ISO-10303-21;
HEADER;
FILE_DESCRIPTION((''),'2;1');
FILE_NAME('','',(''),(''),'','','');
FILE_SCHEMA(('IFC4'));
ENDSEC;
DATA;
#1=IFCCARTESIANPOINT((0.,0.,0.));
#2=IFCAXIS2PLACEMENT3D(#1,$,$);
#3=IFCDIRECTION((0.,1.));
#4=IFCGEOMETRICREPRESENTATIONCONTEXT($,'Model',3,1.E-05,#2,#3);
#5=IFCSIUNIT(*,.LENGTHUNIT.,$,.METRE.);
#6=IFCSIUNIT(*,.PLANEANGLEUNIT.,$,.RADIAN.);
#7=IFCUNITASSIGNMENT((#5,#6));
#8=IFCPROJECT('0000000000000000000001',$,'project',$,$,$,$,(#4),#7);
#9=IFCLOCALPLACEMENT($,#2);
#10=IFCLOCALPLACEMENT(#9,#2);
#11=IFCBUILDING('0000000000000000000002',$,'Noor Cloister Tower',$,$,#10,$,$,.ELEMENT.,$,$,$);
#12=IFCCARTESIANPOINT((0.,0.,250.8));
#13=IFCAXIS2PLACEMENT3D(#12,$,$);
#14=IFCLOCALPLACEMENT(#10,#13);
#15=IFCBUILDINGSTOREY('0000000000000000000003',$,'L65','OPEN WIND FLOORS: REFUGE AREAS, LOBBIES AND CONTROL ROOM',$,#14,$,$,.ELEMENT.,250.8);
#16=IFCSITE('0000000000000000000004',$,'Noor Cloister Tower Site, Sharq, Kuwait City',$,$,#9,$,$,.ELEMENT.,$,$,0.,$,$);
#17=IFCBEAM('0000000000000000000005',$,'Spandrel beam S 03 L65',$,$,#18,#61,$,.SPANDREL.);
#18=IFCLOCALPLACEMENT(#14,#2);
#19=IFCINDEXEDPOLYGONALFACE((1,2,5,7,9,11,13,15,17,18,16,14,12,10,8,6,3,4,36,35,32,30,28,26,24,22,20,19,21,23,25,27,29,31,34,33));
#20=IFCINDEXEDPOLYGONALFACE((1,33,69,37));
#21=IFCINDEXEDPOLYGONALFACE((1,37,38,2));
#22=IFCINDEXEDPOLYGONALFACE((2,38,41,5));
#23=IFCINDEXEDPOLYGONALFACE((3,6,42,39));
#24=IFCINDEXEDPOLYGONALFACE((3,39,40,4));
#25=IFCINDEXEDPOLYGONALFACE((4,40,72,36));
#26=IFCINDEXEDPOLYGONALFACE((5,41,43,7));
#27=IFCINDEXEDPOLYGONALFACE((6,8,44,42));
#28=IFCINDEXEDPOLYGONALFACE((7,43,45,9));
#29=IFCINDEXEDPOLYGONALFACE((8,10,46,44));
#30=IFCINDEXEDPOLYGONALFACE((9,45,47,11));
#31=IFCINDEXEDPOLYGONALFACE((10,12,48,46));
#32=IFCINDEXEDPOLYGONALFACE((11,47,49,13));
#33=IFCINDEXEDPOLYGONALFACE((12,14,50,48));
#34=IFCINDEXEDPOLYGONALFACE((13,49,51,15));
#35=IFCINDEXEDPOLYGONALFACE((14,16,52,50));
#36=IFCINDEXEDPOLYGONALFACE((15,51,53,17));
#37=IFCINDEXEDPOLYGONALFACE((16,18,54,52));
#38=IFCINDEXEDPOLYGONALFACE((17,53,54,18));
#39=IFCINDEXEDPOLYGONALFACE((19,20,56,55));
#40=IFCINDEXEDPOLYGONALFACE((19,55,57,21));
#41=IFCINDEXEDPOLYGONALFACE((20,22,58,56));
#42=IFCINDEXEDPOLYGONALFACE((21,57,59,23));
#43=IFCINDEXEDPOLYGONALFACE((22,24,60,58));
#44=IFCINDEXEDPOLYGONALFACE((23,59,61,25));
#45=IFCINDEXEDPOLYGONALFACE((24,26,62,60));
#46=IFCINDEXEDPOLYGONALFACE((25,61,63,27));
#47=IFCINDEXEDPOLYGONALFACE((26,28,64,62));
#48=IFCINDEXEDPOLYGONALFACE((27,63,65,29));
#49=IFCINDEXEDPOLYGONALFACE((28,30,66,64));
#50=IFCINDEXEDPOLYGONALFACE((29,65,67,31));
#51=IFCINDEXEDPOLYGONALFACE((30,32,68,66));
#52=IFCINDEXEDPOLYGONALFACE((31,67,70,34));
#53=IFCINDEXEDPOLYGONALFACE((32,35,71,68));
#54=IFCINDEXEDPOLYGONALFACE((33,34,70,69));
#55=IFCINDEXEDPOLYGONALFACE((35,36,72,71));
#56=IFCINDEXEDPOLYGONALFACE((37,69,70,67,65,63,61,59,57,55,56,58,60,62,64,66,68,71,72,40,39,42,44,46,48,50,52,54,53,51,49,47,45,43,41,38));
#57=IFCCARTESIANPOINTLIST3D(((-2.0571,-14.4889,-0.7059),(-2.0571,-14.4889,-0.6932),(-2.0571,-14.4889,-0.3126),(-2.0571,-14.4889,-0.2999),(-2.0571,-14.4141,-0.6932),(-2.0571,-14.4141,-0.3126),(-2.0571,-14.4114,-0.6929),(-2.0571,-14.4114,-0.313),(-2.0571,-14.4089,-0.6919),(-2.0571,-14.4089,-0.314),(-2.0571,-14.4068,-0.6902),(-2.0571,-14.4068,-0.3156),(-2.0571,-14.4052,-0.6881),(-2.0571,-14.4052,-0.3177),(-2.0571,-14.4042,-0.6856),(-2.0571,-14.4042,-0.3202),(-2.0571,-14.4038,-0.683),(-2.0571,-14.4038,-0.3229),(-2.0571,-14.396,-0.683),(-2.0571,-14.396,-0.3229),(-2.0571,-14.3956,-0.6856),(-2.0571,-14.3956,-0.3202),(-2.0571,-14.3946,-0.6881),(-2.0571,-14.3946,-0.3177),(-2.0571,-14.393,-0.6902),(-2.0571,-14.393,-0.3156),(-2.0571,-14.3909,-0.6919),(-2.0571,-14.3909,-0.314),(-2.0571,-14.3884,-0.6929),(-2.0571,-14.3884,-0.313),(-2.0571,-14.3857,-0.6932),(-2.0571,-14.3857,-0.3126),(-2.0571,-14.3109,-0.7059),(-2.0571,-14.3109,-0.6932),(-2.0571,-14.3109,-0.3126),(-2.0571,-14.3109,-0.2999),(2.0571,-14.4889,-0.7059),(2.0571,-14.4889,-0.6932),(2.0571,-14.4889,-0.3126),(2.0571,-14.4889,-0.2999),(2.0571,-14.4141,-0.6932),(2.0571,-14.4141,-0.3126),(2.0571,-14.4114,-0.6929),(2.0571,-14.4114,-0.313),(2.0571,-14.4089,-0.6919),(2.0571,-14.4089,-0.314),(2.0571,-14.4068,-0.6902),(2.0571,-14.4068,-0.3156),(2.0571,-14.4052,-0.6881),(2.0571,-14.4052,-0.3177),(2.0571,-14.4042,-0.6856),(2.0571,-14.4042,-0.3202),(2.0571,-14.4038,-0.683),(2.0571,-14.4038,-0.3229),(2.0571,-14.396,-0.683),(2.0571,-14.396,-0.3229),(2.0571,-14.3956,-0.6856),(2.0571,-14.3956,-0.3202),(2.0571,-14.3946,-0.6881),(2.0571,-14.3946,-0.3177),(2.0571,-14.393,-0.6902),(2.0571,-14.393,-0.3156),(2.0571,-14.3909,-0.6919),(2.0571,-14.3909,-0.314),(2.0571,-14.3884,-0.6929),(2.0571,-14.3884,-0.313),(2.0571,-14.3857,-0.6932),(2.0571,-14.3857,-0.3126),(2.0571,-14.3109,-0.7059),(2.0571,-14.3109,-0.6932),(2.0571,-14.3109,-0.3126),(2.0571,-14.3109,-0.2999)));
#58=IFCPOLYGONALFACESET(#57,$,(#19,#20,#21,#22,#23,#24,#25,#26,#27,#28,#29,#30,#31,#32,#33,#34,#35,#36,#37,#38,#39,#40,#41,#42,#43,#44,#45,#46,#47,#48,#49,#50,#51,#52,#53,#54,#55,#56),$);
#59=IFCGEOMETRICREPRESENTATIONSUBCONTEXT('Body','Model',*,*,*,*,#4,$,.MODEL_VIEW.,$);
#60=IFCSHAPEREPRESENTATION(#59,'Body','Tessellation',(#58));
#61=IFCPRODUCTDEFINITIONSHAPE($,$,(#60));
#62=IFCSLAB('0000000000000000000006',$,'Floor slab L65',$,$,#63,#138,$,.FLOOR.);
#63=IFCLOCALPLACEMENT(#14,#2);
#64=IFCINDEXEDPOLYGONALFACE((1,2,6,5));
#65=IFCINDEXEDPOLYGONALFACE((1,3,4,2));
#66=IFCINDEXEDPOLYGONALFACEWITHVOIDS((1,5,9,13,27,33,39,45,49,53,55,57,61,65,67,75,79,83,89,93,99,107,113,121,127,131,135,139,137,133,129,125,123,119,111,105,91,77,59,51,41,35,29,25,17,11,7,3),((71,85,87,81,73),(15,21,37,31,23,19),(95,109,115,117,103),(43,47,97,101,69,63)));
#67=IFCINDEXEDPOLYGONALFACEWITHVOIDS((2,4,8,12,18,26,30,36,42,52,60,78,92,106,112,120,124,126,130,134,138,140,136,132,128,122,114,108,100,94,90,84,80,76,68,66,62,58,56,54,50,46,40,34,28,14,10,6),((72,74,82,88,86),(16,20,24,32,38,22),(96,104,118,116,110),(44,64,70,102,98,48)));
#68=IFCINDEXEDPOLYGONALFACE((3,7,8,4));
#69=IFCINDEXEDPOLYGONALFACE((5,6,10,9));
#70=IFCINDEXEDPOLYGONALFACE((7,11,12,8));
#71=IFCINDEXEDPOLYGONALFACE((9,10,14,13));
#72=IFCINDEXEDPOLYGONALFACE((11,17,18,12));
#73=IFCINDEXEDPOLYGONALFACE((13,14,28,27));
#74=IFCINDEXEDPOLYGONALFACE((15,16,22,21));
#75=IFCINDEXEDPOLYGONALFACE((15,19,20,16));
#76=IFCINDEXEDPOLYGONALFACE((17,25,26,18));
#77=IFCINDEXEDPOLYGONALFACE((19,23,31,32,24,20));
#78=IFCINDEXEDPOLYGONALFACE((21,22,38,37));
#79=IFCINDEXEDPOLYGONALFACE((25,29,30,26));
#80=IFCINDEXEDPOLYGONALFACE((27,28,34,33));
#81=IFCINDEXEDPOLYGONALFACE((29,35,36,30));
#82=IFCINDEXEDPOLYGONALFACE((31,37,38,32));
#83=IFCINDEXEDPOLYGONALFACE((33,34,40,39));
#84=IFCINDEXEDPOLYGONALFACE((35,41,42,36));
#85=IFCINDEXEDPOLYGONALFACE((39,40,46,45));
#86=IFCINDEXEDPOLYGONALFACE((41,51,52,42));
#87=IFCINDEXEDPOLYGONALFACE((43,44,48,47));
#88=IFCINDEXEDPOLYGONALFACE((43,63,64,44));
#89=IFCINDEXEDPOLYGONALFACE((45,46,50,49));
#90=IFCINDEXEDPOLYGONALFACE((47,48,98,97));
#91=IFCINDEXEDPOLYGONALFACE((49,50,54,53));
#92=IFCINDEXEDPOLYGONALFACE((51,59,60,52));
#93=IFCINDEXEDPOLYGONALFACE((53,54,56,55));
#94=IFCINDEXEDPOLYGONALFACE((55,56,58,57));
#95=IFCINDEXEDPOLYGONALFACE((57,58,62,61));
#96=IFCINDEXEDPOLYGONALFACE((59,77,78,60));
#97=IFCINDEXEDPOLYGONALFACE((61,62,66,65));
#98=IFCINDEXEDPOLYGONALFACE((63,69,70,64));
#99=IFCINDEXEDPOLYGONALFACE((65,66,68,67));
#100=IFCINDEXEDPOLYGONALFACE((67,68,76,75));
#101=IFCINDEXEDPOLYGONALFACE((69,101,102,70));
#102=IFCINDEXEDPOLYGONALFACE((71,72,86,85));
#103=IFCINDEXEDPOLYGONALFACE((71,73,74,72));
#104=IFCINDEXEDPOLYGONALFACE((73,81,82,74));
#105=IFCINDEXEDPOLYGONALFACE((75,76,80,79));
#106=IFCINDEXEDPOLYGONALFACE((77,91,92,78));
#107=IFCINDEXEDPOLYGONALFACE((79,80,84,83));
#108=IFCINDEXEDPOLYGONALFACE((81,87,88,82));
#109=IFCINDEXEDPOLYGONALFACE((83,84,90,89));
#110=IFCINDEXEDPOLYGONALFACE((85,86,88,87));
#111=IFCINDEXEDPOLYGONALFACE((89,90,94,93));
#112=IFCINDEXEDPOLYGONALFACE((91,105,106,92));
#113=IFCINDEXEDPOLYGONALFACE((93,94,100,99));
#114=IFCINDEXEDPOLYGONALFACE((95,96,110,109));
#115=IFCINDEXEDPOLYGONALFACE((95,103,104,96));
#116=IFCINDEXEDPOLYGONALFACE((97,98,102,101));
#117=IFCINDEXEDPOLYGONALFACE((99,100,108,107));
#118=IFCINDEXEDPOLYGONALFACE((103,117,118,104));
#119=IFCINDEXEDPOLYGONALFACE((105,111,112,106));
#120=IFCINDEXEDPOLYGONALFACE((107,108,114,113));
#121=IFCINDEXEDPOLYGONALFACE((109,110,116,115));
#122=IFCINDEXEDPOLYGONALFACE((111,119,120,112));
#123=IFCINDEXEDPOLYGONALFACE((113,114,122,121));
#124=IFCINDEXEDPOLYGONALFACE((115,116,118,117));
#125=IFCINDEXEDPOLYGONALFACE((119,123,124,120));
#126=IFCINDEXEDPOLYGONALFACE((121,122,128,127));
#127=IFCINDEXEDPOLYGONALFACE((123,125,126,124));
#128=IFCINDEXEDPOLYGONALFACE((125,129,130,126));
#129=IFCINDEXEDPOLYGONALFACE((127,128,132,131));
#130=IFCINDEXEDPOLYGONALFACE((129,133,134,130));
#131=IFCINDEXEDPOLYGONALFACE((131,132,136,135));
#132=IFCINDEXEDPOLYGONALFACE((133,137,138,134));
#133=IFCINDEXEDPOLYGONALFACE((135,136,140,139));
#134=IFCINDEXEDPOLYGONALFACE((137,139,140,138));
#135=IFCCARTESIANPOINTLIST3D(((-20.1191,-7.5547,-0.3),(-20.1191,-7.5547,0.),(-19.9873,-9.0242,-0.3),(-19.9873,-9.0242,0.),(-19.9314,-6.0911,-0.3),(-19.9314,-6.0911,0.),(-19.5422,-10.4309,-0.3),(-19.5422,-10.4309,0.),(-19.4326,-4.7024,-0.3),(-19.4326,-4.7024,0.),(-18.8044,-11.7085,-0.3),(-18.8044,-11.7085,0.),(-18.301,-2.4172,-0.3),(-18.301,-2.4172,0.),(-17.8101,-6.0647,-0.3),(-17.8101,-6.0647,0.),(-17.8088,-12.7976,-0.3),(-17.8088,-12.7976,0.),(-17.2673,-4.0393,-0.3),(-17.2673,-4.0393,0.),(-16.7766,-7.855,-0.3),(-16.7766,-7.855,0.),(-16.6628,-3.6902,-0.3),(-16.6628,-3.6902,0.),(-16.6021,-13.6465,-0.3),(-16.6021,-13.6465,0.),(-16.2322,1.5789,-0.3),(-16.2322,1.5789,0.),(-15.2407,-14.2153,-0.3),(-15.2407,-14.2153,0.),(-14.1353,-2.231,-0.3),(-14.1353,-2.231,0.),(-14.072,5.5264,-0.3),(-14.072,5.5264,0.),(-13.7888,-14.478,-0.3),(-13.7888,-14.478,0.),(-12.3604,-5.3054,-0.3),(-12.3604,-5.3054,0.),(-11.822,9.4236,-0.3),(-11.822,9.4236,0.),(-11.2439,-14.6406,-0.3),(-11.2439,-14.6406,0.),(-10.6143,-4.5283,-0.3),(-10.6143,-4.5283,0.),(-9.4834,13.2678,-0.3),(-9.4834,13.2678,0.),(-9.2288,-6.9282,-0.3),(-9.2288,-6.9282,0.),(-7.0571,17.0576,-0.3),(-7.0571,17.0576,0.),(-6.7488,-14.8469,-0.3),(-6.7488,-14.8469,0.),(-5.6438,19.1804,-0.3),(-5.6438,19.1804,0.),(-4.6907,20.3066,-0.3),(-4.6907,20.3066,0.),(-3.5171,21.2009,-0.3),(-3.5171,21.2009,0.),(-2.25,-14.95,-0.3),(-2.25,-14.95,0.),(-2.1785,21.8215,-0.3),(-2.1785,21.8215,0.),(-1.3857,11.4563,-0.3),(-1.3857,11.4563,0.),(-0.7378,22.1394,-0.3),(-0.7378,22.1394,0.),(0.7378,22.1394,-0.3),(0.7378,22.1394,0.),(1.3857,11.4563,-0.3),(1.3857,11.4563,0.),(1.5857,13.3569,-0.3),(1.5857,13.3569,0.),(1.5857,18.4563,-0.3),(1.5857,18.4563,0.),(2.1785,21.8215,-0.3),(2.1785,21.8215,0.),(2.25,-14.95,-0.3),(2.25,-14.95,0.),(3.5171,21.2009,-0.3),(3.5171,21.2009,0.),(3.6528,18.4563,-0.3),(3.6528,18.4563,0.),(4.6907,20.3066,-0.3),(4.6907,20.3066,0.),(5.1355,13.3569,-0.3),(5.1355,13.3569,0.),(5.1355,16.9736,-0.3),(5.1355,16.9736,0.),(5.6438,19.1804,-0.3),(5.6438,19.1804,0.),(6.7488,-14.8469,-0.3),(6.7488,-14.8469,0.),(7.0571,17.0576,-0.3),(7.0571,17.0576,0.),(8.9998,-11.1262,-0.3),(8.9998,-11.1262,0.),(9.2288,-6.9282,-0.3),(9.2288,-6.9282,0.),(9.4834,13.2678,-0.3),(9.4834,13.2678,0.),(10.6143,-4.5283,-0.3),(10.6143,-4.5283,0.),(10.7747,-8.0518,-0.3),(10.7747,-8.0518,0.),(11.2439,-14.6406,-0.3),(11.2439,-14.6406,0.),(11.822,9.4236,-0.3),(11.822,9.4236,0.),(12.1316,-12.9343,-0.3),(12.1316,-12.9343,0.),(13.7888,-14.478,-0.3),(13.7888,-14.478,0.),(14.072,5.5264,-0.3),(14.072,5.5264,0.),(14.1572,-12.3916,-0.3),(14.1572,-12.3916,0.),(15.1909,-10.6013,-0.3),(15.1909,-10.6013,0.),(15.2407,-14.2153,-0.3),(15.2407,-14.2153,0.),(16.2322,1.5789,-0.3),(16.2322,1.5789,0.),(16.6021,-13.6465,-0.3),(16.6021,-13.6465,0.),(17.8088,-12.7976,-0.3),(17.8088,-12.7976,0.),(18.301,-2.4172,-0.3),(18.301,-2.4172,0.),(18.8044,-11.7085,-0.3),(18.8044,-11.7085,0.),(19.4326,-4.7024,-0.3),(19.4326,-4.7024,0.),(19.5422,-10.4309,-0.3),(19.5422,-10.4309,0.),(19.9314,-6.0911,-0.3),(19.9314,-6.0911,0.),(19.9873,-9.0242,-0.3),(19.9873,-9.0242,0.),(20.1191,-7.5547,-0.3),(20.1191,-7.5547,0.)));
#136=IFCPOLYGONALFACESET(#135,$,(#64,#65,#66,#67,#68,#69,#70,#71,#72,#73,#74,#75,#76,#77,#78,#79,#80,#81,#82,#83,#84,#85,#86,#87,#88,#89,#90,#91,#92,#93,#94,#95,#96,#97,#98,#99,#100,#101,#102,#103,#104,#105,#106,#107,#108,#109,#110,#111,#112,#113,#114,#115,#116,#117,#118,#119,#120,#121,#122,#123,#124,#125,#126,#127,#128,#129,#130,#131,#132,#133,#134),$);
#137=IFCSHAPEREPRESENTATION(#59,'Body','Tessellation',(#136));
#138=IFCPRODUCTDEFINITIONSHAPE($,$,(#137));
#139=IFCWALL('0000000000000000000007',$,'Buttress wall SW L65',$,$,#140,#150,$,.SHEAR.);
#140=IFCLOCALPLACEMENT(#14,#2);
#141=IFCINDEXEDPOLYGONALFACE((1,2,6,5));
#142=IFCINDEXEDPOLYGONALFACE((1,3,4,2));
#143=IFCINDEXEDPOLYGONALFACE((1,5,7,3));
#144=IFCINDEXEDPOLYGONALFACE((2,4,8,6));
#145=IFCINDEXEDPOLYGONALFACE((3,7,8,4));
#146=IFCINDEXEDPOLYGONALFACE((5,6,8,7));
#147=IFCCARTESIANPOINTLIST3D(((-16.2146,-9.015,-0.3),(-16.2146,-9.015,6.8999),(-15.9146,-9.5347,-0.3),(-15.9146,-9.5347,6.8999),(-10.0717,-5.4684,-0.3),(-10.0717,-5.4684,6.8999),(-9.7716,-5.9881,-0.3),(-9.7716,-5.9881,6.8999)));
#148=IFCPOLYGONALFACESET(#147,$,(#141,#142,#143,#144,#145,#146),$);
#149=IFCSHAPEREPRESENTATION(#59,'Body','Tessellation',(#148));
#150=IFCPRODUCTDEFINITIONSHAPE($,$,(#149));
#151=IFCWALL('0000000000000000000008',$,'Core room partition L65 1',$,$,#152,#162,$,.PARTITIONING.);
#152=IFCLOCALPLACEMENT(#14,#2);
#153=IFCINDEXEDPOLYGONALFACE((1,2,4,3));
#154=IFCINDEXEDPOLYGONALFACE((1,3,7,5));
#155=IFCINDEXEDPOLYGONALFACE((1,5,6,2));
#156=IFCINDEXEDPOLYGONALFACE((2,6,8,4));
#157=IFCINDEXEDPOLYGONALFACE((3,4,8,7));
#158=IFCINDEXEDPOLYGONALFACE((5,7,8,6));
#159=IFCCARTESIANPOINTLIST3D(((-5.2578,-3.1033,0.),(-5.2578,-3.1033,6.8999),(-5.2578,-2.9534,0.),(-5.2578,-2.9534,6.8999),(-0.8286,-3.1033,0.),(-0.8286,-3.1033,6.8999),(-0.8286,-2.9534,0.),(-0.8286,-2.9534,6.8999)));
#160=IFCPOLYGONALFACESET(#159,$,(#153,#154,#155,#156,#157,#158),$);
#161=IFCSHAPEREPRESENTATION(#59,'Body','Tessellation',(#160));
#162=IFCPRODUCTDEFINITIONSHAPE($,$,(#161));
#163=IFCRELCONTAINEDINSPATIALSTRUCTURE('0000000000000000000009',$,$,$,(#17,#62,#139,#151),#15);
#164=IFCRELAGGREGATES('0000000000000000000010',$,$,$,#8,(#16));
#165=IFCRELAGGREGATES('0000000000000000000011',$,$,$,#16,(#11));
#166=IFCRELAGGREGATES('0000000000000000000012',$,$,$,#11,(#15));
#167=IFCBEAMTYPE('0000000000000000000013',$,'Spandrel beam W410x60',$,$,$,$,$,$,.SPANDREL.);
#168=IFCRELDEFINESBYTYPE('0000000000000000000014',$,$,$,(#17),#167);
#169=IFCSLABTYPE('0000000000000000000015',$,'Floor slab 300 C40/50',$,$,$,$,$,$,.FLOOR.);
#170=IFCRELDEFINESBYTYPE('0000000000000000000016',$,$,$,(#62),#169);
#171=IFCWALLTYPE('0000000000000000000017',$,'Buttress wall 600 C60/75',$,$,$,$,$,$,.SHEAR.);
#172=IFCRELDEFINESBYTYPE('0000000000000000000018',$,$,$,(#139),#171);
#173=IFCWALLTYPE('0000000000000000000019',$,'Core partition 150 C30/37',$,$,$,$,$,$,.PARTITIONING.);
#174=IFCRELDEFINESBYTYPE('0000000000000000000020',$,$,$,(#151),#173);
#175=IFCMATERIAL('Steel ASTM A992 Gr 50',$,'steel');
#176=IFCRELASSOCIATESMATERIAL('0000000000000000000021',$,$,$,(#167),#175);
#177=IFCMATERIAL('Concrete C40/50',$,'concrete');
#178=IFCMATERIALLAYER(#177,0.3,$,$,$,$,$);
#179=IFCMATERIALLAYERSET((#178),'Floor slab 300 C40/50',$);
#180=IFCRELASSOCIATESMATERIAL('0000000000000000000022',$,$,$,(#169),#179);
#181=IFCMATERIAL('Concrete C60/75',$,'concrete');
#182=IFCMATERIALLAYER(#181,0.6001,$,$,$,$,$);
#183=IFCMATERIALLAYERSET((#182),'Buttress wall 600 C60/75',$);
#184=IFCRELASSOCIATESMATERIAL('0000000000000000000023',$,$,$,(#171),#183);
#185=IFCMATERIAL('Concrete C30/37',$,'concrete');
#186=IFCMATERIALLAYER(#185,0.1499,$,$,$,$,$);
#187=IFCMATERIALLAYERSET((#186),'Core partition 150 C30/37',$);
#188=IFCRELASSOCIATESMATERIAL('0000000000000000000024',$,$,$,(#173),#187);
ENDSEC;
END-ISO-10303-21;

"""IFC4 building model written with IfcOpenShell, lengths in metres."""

from ifc_helpers import new_model, si_unit, direction, frame, frame_2d, origin, origin_2d, place, context, subcontext, project, spatial, polyline, rectangle, i_section, outline, extrude, material, layer, layer_set, material_profile, profile_set, type_object, element, save


model = new_model("IFC4")

# Units and contexts
model_context = context("Model", 3, precision=1e-05, world=origin(), true_north=direction((0.0, 1.0)))
body_context = subcontext(model_context, "Body", "Model", "MODEL_VIEW")
ifc_project = project(units=[si_unit("LENGTHUNIT", "METRE"), si_unit("PLANEANGLEUNIT", "RADIAN")], contexts=[model_context])

# Site, building, storey
site_placement = place(None, origin())
site = spatial("IfcSite", under=ifc_project, at=site_placement, Name="Noor Cloister Tower Site, Sharq, Kuwait City", CompositionType="ELEMENT", RefElevation=0.0)
building_placement = place(site_placement, origin())
building = spatial("IfcBuilding", under=site, at=building_placement, Name="Noor Cloister Tower", CompositionType="ELEMENT")
storey_placement = place(building_placement, frame((0.0, 0.0, 250.8)))
storey = spatial("IfcBuildingStorey", under=building, at=storey_placement, Name="L65", Description="OPEN WIND FLOORS: REFUGE AREAS, LOBBIES AND CONTROL ROOM", CompositionType="ELEMENT", Elevation=250.8)

# Beam
ifc_material_1 = material(Name="Steel ASTM A992 Gr 50", Category="steel")
ifc_material_profile_1 = material_profile(ifc_material_1, i_section(OverallWidth=0.178, OverallDepth=0.406, WebThickness=0.0078, FlangeThickness=0.0127, FilletRadius=0.0103, at=origin_2d()), Name="W410x60")
ifc_profile_set_1 = profile_set([ifc_material_profile_1], Name="Steel ASTM A992 Gr 50")
beam_type_1 = type_object("IfcBeamType", Name="Spandrel beam W410x60", PredefinedType="SPANDREL", material=ifc_profile_set_1)
beam_1_placement = place(storey_placement, frame((-2.0571, -14.3999, -0.5029), z_axis=(1.0, 0.0, 0.0), x_axis=(0.0, 1.0, 0.0)))
element("IfcBeam", 1, at=beam_1_placement, inside=storey, type_object=beam_type_1, Name="Spandrel beam S 03 L65", PredefinedType="SPANDREL", context=body_context, shape_type="SweptSolid", body=[
    extrude(i_section(OverallWidth=0.178, OverallDepth=0.406, WebThickness=0.0078, FlangeThickness=0.0127, FilletRadius=0.0103, at=origin_2d()), origin(), (0.0, 0.0, 1.0), 4.1143),
])

# Slab
ifc_material_2 = material(Name="Concrete C40/50", Category="concrete")
ifc_layer_1 = layer(ifc_material_2, 0.3)
ifc_layer_set_1 = layer_set([ifc_layer_1], Name="Floor slab 300 C40/50")
slab_type = type_object("IfcSlabType", Name="Floor slab 300 C40/50", PredefinedType="FLOOR", material=ifc_layer_set_1)
slab_placement = place(storey_placement, frame((0.0, 0.0, -0.3)))
element("IfcSlab", 2, at=slab_placement, inside=storey, type_object=slab_type, Name="Floor slab L65", PredefinedType="FLOOR", context=body_context, shape_type="SweptSolid", body=[
    extrude(outline(polyline([(5.6438, 19.1804), (4.6907, 20.3066), (3.5171, 21.2009), (2.1785, 21.8215), (0.7378, 22.1394), (-0.7378, 22.1394), (-2.1785, 21.8215), (-3.5171, 21.2009), (-4.6907, 20.3066), (-5.6438, 19.1804), (-7.0571, 17.0576), (-9.4834, 13.2678), (-11.822, 9.4236), (-14.072, 5.5264), (-16.2322, 1.5789), (-18.301, -2.4172), (-19.4326, -4.7024), (-19.9314, -6.0911), (-20.1191, -7.5547), (-19.9873, -9.0242), (-19.5422, -10.4309), (-18.8044, -11.7085), (-17.8088, -12.7976), (-16.6021, -13.6465), (-15.2407, -14.2153), (-13.7888, -14.478), (-11.2439, -14.6406), (-6.7488, -14.8469), (-2.25, -14.95), (2.25, -14.95), (6.7488, -14.8469), (11.2439, -14.6406), (13.7888, -14.478), (15.2407, -14.2153), (16.6021, -13.6465), (17.8088, -12.7976), (18.8044, -11.7085), (19.5422, -10.4309), (19.9873, -9.0242), (20.1191, -7.5547), (19.9314, -6.0911), (19.4326, -4.7024), (18.301, -2.4172), (16.2322, 1.5789), (14.072, 5.5264), (11.822, 9.4236), (9.4834, 13.2678), (7.0571, 17.0576), (5.6438, 19.1804)]), holes=[polyline([(8.9998, -11.1262), (12.1316, -12.9343), (14.1572, -12.3916), (15.1909, -10.6013), (10.7747, -8.0518), (8.9998, -11.1262)]), polyline([(-17.8101, -6.0647), (-16.7766, -7.855), (-12.3604, -5.3054), (-14.1353, -2.231), (-16.6628, -3.6902), (-17.2673, -4.0393), (-17.8101, -6.0647)]), polyline([(-10.6143, -4.5283), (-9.2288, -6.9282), (9.2288, -6.9282), (10.6143, -4.5283), (1.3857, 11.4563), (-1.3857, 11.4563), (-10.6143, -4.5283)]), polyline([(3.6528, 18.4563), (1.5857, 18.4563), (1.5857, 13.3569), (5.1355, 13.3569), (5.1355, 16.9736), (3.6528, 18.4563)])]), origin(), (0.0, 0.0, 1.0), 0.3),
])

# Walls
ifc_material_3 = material(Name="Concrete C60/75", Category="concrete")
ifc_layer_2 = layer(ifc_material_3, 0.6001)
ifc_layer_set_2 = layer_set([ifc_layer_2], Name="Buttress wall 600 C60/75")
wall_type_1 = type_object("IfcWallType", Name="Buttress wall 600 C60/75", PredefinedType="SHEAR", material=ifc_layer_set_2)
wall_1_placement = place(storey_placement, frame((-9.9216, -5.7283, -0.3), z_axis=(0.0, 0.0, 1.0), x_axis=(-0.86603, -0.499993, 0.0)))
element("IfcWall", 3, at=wall_1_placement, inside=storey, type_object=wall_type_1, Name="Buttress wall SW L65", PredefinedType="SHEAR", context=body_context, shape_type="SweptSolid", body=[
    extrude(rectangle(XDim=7.0933, YDim=0.6001, at=frame_2d((3.5466, 0.0))), origin(), (0.0, 0.0, 1.0), 7.2),
])
ifc_material_4 = material(Name="Concrete C30/37", Category="concrete")
ifc_layer_3 = layer(ifc_material_4, 0.1499)
ifc_layer_set_3 = layer_set([ifc_layer_3], Name="Core partition 150 C30/37")
wall_type_2 = type_object("IfcWallType", Name="Core partition 150 C30/37", PredefinedType="PARTITIONING", material=ifc_layer_set_3)
wall_2_placement = place(storey_placement, frame((-5.2578, -3.0283, 0.0), z_axis=(0.0, 0.0, 1.0), x_axis=(1.0, 0.0, 0.0)))
element("IfcWall", 4, at=wall_2_placement, inside=storey, type_object=wall_type_2, Name="Core room partition L65 1", PredefinedType="PARTITIONING", context=body_context, shape_type="SweptSolid", body=[
    extrude(rectangle(XDim=4.4292, YDim=0.1499, at=frame_2d((2.2146, 0.0))), origin(), (0.0, 0.0, 1.0), 6.8999),
])

save(model, "model.ifc")
